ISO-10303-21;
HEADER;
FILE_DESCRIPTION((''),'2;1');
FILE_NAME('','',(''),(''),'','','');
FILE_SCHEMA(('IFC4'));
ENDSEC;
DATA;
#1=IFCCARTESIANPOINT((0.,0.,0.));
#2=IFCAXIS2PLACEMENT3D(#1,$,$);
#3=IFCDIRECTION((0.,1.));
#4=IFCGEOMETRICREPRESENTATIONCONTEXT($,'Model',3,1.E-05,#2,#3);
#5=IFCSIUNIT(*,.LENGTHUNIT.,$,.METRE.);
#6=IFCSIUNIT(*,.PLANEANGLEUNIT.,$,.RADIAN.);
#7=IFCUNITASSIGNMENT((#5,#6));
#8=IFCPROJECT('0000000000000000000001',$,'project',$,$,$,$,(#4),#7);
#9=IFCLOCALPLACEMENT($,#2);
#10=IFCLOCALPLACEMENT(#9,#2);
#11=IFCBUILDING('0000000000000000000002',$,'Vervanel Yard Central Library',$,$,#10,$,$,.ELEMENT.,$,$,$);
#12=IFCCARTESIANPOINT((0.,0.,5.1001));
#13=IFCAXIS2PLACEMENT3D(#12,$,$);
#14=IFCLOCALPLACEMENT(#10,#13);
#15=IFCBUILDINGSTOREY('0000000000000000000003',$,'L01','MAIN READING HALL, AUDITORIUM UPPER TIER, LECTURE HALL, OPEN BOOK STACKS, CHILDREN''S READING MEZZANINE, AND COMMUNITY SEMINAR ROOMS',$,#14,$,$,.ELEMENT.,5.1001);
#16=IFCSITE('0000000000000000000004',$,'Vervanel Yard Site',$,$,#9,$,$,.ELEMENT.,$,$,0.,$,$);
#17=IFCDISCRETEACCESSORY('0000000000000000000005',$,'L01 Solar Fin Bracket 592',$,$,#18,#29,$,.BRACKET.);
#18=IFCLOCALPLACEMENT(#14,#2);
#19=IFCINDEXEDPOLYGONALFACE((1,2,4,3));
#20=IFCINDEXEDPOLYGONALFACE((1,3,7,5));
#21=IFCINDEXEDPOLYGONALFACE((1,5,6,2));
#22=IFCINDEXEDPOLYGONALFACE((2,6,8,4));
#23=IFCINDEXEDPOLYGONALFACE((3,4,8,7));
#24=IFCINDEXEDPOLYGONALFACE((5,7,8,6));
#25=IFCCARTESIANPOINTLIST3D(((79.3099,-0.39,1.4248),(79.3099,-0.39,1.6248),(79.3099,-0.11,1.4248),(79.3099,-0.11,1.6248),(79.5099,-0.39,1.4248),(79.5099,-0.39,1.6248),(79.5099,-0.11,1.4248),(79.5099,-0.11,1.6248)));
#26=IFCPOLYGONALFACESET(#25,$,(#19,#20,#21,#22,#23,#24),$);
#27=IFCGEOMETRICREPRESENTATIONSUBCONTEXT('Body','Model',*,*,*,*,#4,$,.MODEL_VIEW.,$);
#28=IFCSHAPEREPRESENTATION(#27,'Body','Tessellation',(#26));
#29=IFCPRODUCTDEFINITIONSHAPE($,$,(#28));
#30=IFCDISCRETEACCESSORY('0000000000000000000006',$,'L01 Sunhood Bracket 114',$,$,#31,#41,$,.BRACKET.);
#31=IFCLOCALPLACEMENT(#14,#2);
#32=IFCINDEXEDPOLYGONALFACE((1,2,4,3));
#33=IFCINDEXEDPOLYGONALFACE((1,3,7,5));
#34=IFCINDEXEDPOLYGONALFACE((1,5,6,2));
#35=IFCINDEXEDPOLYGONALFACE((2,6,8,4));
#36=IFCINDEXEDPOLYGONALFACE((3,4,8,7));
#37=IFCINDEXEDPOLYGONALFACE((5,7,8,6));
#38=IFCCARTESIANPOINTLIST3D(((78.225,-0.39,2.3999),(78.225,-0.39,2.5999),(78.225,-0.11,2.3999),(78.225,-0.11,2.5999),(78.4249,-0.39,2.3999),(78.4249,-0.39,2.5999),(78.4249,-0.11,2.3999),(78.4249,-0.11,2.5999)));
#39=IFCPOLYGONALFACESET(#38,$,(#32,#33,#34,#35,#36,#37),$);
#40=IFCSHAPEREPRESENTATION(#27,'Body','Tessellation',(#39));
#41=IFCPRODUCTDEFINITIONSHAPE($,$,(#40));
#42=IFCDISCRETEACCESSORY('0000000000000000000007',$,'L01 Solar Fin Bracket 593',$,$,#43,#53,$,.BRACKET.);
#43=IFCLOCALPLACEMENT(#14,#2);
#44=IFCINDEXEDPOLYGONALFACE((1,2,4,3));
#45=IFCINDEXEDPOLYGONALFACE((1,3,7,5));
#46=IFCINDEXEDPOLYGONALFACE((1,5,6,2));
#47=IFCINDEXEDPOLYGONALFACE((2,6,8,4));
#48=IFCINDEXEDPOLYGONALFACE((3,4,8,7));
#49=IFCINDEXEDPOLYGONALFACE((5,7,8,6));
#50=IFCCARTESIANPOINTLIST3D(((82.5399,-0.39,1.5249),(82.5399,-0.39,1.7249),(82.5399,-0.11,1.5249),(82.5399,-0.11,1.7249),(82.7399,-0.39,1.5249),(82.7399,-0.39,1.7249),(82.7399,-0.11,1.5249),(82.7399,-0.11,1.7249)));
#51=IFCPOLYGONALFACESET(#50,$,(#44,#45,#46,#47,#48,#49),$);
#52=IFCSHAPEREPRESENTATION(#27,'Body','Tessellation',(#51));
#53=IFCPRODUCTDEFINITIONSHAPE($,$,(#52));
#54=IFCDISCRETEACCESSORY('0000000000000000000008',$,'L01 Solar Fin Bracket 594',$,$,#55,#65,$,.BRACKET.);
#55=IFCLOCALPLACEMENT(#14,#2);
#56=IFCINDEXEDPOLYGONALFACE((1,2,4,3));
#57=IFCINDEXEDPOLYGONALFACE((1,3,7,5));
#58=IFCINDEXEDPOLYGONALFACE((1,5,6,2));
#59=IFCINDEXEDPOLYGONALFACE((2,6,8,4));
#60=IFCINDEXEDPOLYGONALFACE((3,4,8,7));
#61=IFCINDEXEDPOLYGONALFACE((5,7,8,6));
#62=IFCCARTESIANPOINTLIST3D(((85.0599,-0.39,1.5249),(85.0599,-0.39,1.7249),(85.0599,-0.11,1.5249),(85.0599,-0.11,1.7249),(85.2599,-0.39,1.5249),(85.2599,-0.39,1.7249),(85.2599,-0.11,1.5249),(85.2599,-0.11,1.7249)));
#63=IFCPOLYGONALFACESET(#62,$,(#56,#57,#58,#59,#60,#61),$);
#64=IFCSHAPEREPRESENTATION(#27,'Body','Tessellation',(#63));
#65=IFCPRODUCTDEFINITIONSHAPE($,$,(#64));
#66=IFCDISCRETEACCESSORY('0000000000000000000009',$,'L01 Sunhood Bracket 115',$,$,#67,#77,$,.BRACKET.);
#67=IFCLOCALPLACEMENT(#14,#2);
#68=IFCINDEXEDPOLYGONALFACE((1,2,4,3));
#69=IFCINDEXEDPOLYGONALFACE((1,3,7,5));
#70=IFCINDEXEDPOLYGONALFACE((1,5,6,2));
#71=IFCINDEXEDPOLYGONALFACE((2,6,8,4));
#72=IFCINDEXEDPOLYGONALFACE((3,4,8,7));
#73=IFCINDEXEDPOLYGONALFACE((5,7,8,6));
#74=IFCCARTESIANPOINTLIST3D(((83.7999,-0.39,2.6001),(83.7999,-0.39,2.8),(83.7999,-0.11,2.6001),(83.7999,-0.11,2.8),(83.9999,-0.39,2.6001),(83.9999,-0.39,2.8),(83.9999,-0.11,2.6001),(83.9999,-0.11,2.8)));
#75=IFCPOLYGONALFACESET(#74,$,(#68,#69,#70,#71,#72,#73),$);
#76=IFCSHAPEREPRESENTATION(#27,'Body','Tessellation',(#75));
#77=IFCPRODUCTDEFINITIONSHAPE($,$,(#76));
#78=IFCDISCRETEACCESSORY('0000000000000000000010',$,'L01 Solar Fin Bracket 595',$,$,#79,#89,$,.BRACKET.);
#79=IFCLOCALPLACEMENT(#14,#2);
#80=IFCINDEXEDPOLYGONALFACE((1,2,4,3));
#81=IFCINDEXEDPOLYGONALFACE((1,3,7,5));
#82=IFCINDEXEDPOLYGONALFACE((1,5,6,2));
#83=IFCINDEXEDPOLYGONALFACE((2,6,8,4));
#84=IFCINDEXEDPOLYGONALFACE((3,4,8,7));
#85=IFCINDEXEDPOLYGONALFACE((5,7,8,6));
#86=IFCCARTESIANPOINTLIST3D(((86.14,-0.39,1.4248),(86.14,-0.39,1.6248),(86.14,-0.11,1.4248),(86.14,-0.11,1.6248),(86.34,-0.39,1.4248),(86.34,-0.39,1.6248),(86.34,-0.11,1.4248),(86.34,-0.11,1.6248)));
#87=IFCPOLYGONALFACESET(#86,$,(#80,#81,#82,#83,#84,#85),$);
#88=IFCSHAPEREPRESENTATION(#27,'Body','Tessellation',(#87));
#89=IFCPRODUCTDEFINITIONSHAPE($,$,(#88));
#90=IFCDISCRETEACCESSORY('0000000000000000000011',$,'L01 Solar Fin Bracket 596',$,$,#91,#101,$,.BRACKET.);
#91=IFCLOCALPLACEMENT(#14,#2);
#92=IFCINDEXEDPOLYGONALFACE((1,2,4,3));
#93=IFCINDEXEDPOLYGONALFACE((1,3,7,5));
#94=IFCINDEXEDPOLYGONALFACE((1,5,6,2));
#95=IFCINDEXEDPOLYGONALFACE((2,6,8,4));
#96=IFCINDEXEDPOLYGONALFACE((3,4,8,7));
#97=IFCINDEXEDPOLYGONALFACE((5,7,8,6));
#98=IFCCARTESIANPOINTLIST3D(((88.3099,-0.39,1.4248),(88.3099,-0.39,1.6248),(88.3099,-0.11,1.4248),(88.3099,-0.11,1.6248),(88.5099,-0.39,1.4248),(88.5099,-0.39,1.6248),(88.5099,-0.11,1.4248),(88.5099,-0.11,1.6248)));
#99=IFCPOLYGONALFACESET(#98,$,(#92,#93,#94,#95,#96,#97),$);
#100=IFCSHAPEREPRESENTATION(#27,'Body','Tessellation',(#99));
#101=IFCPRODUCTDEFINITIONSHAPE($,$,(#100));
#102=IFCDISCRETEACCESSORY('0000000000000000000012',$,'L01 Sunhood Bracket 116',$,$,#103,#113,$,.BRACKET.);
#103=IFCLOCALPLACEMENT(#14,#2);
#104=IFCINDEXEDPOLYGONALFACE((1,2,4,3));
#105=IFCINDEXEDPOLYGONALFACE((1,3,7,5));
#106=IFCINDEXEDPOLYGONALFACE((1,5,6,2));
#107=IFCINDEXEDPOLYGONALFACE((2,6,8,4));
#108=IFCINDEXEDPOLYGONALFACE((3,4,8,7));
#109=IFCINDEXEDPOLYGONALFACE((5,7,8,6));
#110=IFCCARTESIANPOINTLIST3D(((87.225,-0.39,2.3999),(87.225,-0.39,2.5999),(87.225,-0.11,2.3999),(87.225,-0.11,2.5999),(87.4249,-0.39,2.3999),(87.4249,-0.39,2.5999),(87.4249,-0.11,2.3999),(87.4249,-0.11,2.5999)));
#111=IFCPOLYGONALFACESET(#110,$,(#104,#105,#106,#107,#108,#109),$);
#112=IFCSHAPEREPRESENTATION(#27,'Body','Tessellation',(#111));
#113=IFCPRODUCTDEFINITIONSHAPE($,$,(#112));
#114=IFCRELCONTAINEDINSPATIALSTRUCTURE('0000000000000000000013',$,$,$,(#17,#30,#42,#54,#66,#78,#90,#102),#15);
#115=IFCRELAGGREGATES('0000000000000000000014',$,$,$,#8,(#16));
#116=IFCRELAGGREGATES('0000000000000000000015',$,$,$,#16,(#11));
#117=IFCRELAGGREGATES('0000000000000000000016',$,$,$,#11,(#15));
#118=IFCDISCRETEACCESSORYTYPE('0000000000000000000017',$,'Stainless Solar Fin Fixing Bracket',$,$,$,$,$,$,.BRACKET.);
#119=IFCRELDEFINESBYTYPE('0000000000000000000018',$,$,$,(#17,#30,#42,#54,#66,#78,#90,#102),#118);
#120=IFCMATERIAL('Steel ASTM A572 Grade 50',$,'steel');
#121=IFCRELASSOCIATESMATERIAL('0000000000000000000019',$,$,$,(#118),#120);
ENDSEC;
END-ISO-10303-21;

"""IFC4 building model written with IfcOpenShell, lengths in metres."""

from ifc_helpers import new_model, si_unit, direction, frame, origin, origin_2d, place, context, subcontext, project, spatial, rectangle, extrude, material, type_object, element, save


model = new_model("IFC4")

# Units and contexts
model_context = context("Model", 3, precision=1e-05, world=origin(), true_north=direction((0.0, 1.0)))
body_context = subcontext(model_context, "Body", "Model", "MODEL_VIEW")
ifc_project = project(units=[si_unit("LENGTHUNIT", "METRE"), si_unit("PLANEANGLEUNIT", "RADIAN")], contexts=[model_context])

# Site, building, storey
site_placement = place(None, origin())
site = spatial("IfcSite", under=ifc_project, at=site_placement, Name="Vervanel Yard Site", CompositionType="ELEMENT", RefElevation=0.0)
building_placement = place(site_placement, origin())
building = spatial("IfcBuilding", under=site, at=building_placement, Name="Vervanel Yard Central Library", CompositionType="ELEMENT")
storey_placement = place(building_placement, frame((0.0, 0.0, 5.1001)))
storey = spatial("IfcBuildingStorey", under=building, at=storey_placement, Name="L01", Description="MAIN READING HALL, AUDITORIUM UPPER TIER, LECTURE HALL, OPEN BOOK STACKS, CHILDREN'S READING MEZZANINE, AND COMMUNITY SEMINAR ROOMS", CompositionType="ELEMENT", Elevation=5.1001)

# Discrete accessories
ifc_material_1 = material(Name="Steel ASTM A572 Grade 50", Category="steel")
discrete_accessory_type = type_object("IfcDiscreteAccessoryType", Name="Stainless Solar Fin Fixing Bracket", PredefinedType="BRACKET", material=ifc_material_1)
for number, where, z_axis, x_axis, name in (
    (1, (79.4099, -0.25, 1.4248), (0.0, 0.0, 1.0), (1.0, 0.0, 0.0), "L01 Solar Fin Bracket 592"),
    (2, (78.325, -0.25, 2.3999), (0.0, 0.0, 1.0), (1.0, 0.0, 0.0), "L01 Sunhood Bracket 114"),
    (3, (82.6399, -0.25, 1.5249), (0.0, 0.0, 1.0), (1.0, 0.0, 0.0), "L01 Solar Fin Bracket 593"),
    (4, (85.1599, -0.25, 1.5249), (0.0, 0.0, 1.0), (1.0, 0.0, 0.0), "L01 Solar Fin Bracket 594"),
    (5, (83.8999, -0.25, 2.6001), (0.0, 0.0, 1.0), (1.0, 0.0, 0.0), "L01 Sunhood Bracket 115"),
    (6, (86.24, -0.25, 1.4248), (0.0, 0.0, 1.0), (1.0, 0.0, 0.0), "L01 Solar Fin Bracket 595"),
    (7, (88.4099, -0.25, 1.4248), (0.0, 0.0, 1.0), (1.0, 0.0, 0.0), "L01 Solar Fin Bracket 596"),
    (8, (87.325, -0.25, 2.3999), (0.0, 0.0, 1.0), (1.0, 0.0, 0.0), "L01 Sunhood Bracket 116"),
):
    element("IfcDiscreteAccessory", number, at=place(storey_placement, frame(where, z_axis=z_axis, x_axis=x_axis)), inside=storey, type_object=discrete_accessory_type, Name=name, PredefinedType="BRACKET", context=body_context, shape_type="SweptSolid", body=[
        extrude(rectangle(XDim=0.2, YDim=0.28, at=origin_2d()), origin(), (0.0, 0.0, 1.0), 0.2),
    ])

save(model, "model.ifc")
